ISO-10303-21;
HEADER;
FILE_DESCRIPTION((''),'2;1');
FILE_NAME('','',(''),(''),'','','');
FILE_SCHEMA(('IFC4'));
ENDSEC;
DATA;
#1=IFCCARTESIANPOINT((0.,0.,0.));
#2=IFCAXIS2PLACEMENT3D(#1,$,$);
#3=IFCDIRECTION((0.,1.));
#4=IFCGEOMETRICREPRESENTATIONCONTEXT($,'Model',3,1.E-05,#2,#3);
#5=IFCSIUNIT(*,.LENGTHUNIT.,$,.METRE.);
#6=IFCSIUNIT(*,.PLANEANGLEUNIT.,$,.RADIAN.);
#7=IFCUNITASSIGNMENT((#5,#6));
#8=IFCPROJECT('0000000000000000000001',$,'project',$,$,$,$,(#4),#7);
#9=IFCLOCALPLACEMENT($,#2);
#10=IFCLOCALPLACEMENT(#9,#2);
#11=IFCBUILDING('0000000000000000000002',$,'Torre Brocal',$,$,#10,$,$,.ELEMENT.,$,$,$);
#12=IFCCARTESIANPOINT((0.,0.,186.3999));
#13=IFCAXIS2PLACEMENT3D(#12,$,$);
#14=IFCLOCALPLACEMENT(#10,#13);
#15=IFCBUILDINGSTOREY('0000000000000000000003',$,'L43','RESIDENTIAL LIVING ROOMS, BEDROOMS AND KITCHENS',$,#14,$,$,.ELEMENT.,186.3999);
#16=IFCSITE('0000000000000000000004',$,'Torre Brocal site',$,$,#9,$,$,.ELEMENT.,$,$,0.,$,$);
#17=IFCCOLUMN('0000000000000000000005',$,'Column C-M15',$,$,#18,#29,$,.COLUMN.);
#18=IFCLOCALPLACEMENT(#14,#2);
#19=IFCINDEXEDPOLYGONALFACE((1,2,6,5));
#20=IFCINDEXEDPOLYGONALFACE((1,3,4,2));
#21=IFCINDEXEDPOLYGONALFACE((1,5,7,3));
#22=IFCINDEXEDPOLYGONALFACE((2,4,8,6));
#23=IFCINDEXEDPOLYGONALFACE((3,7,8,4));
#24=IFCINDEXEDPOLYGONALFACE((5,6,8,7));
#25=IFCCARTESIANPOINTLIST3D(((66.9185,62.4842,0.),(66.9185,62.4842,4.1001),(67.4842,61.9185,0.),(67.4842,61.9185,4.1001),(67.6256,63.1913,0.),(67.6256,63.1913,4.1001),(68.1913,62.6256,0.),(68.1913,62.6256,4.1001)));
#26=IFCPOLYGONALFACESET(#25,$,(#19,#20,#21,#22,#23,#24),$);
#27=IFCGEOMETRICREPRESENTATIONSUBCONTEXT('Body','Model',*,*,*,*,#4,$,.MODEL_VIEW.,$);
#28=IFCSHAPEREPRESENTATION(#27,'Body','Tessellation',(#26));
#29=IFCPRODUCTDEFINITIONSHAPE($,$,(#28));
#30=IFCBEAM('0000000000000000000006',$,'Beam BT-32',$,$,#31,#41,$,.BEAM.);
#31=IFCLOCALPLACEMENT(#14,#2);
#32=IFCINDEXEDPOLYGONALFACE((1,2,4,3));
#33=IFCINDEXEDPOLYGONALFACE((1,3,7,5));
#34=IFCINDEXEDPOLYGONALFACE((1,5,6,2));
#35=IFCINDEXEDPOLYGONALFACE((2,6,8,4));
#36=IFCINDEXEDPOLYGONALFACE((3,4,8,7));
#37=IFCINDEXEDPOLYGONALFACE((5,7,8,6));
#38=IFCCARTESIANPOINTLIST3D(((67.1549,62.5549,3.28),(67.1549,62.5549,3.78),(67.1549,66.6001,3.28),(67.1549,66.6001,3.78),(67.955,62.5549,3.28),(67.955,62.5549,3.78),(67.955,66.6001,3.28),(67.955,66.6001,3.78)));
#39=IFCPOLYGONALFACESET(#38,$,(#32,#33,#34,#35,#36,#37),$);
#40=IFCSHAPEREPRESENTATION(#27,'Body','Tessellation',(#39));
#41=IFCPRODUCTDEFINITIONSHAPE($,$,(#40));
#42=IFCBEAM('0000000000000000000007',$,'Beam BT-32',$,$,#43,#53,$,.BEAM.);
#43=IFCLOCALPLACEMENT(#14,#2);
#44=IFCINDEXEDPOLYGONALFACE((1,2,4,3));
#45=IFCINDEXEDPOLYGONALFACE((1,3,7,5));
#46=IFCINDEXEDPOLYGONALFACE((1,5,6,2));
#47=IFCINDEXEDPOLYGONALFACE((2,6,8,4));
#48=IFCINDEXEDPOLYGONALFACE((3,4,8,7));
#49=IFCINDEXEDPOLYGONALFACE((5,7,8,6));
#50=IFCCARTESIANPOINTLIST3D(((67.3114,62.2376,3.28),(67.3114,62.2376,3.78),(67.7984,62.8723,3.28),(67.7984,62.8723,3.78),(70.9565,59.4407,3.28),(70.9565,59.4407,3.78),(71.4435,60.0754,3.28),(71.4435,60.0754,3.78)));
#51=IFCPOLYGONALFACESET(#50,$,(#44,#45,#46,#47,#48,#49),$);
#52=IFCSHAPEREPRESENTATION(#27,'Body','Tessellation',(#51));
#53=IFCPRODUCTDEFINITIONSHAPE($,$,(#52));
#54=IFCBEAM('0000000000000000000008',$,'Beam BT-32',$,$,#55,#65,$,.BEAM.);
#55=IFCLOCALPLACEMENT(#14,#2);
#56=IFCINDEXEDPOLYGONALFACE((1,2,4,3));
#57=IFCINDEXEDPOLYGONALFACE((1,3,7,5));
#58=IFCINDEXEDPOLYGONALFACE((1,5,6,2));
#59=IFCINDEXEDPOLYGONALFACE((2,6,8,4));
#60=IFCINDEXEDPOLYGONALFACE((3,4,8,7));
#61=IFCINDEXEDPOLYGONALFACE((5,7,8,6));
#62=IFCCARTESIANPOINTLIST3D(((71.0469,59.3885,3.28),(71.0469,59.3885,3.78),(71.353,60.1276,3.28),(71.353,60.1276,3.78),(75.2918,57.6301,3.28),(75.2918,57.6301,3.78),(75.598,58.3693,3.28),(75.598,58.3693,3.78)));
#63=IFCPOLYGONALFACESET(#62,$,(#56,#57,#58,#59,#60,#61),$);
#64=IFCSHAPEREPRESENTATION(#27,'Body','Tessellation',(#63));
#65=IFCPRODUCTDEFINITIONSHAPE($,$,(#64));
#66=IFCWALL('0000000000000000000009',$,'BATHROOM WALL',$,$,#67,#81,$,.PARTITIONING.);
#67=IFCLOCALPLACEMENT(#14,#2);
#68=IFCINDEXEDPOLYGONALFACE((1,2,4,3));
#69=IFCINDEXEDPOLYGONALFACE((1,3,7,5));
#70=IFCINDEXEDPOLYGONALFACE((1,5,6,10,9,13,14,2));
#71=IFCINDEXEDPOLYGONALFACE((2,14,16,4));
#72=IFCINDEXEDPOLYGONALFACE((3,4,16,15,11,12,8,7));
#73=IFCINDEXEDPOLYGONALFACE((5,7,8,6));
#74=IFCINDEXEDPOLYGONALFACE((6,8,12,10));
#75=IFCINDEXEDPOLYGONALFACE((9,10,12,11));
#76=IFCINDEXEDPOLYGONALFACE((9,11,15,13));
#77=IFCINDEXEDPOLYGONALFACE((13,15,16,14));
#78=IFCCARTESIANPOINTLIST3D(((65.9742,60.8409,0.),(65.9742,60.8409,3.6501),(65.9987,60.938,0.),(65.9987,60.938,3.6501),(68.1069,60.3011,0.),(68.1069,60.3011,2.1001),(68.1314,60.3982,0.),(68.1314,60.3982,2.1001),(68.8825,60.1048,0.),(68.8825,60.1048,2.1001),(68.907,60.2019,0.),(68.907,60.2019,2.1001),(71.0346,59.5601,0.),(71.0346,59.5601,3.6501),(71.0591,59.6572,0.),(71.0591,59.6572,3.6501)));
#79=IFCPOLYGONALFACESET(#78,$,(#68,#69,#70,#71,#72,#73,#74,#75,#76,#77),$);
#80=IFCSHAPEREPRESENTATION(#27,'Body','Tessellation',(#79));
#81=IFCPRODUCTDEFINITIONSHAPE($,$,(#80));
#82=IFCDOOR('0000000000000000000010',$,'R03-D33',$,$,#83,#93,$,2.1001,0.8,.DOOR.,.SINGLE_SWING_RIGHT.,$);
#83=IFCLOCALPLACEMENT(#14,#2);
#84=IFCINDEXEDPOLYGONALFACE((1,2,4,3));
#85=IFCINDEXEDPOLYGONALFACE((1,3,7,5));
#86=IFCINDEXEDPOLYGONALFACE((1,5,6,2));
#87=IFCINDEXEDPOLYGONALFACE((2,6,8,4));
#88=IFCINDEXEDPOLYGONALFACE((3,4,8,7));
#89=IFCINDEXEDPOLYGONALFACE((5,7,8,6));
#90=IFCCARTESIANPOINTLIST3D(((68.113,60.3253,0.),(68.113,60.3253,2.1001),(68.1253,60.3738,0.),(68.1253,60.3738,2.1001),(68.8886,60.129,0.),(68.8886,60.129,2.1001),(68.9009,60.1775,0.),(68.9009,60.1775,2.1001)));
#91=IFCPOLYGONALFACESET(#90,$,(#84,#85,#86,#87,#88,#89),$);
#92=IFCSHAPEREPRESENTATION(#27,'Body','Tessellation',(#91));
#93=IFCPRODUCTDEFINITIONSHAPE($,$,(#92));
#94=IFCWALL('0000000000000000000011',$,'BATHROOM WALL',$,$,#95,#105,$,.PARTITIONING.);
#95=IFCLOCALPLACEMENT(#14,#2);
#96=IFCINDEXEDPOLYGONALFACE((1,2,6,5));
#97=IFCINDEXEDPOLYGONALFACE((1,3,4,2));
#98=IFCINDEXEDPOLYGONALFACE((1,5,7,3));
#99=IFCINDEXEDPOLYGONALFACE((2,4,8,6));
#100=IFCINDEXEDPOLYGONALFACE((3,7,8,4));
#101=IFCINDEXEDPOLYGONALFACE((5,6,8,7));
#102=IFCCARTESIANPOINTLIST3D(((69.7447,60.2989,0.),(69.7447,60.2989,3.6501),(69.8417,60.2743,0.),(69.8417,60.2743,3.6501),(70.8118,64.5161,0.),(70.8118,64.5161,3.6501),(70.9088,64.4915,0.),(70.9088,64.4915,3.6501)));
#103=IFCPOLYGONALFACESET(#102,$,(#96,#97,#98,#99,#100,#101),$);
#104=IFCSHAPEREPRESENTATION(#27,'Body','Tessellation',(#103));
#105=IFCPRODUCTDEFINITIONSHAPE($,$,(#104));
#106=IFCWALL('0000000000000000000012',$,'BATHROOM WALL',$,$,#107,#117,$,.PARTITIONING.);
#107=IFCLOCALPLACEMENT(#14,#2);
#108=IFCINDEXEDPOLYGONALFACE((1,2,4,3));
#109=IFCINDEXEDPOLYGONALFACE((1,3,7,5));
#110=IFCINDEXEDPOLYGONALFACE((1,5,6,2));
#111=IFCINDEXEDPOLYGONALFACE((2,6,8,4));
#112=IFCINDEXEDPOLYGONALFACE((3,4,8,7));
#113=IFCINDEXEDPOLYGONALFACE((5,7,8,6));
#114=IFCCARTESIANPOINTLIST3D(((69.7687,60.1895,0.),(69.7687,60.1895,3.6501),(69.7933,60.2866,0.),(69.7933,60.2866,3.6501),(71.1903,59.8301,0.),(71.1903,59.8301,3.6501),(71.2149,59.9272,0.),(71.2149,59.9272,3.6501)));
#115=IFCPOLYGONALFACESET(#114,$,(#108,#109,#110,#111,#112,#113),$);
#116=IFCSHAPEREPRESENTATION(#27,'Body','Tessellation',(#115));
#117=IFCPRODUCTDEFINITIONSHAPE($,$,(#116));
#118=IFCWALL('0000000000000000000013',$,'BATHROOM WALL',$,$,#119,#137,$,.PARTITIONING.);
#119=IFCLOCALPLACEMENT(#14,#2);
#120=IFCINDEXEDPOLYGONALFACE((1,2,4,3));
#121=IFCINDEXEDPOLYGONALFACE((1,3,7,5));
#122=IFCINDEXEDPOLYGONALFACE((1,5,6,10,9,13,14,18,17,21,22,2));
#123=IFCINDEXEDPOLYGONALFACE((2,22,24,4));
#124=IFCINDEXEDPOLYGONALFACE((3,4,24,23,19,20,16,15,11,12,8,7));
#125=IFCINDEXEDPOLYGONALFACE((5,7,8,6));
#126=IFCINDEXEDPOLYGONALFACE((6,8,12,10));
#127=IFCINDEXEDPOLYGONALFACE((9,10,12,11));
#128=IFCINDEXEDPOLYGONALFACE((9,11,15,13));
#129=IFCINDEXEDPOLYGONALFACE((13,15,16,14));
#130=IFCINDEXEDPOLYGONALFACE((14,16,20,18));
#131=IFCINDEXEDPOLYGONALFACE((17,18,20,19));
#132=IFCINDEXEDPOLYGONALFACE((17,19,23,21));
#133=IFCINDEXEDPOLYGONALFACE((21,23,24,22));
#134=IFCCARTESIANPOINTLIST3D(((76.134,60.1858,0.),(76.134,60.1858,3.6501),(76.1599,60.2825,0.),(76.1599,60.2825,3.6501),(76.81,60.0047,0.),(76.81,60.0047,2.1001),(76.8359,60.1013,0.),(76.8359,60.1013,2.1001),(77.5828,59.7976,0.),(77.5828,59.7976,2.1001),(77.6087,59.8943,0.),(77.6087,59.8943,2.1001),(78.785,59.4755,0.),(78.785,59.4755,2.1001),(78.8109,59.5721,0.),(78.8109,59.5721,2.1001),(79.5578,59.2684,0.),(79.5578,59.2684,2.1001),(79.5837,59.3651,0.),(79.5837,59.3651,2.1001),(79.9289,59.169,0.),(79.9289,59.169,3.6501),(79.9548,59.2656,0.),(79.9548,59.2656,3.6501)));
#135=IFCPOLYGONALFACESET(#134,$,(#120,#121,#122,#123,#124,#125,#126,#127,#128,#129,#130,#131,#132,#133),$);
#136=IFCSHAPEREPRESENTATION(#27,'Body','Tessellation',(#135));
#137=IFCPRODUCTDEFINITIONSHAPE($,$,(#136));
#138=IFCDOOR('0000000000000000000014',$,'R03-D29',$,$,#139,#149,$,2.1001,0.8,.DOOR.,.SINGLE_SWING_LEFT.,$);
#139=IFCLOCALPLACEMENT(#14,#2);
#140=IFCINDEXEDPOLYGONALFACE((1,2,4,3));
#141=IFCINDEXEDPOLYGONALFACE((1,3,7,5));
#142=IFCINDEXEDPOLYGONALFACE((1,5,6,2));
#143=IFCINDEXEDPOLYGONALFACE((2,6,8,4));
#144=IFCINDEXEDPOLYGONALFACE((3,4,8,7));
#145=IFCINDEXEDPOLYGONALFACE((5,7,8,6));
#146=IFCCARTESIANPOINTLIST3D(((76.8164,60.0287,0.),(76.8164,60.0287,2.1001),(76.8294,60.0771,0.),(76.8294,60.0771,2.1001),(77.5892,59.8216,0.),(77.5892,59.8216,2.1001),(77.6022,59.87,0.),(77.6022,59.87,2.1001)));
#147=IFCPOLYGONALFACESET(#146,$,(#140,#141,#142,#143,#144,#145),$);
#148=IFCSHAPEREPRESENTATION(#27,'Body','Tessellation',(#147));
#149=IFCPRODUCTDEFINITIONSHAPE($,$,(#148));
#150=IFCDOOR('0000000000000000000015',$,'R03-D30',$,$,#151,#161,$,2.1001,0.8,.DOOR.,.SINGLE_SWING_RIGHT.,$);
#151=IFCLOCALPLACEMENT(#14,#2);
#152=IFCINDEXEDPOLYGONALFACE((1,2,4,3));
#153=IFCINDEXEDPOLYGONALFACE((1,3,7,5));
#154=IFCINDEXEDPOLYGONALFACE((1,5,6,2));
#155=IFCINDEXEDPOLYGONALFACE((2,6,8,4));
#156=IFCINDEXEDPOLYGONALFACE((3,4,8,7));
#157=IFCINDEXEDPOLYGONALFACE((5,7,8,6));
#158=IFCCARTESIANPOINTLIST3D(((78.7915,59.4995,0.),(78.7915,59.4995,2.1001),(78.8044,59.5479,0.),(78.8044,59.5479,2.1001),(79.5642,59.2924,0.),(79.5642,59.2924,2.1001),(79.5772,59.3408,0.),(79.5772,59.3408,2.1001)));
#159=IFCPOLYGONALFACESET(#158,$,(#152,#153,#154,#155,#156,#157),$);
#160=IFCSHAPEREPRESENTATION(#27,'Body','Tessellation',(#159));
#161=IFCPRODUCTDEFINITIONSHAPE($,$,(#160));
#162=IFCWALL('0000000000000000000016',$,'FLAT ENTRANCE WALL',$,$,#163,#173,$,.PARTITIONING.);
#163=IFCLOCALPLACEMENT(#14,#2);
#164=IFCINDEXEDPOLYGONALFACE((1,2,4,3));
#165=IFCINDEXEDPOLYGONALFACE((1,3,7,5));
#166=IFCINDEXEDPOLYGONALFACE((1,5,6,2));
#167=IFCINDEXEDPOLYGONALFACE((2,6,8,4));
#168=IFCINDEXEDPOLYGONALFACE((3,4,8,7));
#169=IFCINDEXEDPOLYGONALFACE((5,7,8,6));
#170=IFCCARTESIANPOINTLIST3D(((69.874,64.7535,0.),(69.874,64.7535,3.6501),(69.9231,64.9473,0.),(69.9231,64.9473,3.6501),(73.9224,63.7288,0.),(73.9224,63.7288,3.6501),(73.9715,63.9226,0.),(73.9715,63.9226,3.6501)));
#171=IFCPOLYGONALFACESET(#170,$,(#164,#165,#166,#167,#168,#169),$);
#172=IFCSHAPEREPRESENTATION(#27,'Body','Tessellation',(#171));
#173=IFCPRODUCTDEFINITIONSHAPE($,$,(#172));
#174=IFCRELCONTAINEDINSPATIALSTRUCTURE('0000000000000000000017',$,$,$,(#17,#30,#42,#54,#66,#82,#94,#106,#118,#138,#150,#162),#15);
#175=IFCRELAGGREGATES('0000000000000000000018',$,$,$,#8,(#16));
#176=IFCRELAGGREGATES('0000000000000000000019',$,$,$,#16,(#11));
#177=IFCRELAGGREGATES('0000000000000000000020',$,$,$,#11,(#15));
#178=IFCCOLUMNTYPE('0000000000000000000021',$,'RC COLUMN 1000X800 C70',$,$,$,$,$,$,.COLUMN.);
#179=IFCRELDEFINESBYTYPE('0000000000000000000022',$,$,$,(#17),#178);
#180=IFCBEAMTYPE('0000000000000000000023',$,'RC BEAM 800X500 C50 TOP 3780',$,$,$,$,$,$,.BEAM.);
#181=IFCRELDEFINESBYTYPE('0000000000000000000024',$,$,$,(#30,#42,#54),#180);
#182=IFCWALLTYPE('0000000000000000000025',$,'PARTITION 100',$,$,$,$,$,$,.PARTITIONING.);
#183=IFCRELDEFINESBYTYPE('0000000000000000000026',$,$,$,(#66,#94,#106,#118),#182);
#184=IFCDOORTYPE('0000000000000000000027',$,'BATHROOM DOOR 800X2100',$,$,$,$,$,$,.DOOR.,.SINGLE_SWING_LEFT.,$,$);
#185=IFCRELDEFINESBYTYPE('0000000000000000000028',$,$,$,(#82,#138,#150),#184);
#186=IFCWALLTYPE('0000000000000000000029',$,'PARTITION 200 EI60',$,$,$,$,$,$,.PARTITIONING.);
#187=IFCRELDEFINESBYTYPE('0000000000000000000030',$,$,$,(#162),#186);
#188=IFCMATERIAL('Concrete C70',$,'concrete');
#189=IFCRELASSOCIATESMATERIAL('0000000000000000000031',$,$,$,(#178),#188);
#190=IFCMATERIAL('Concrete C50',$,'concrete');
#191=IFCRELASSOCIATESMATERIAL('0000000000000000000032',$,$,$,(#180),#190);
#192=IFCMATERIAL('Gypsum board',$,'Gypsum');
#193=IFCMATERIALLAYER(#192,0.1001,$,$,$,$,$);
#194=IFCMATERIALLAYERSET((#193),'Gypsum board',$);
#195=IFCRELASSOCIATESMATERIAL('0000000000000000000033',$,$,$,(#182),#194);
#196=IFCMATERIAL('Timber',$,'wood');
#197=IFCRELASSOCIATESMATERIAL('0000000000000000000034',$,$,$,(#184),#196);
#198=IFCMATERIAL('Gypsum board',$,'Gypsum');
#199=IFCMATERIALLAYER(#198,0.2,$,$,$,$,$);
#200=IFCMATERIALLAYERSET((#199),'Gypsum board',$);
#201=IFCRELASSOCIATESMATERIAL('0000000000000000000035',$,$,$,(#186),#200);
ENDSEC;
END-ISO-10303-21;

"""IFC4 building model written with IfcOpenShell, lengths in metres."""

from ifc_helpers import new_model, si_unit, direction, frame, frame_2d, origin, origin_2d, place, context, subcontext, project, spatial, rectangle, extrude, material, layer, layer_set, material_profile, profile_set, type_object, element, fill, save


model = new_model("IFC4")

# Units and contexts
model_context = context("Model", 3, precision=1e-05, world=origin(), true_north=direction((0.0, 1.0)))
body_context = subcontext(model_context, "Body", "Model", "MODEL_VIEW")
ifc_project = project(units=[si_unit("LENGTHUNIT", "METRE"), si_unit("PLANEANGLEUNIT", "RADIAN")], contexts=[model_context])

# Site, building, storey
site_placement = place(None, origin())
site = spatial("IfcSite", under=ifc_project, at=site_placement, Name="Torre Brocal site", CompositionType="ELEMENT", RefElevation=0.0)
building_placement = place(site_placement, origin())
building = spatial("IfcBuilding", under=site, at=building_placement, Name="Torre Brocal", CompositionType="ELEMENT")
storey_placement = place(building_placement, frame((0.0, 0.0, 186.3999)))
storey = spatial("IfcBuildingStorey", under=building, at=storey_placement, Name="L43", Description="RESIDENTIAL LIVING ROOMS, BEDROOMS AND KITCHENS", CompositionType="ELEMENT", Elevation=186.3999)

# Column
ifc_material_1 = material(Name="Concrete C70", Category="concrete")
ifc_material_profile_1 = material_profile(ifc_material_1, rectangle(XDim=1.0, YDim=0.8, at=origin_2d()), Name="RC 1000X800")
ifc_profile_set_1 = profile_set([ifc_material_profile_1], Name="Concrete C70")
column_type = type_object("IfcColumnType", Name="RC COLUMN 1000X800 C70", PredefinedType="COLUMN", material=ifc_profile_set_1)
column_placement = place(storey_placement, frame((67.5549, 62.5549, 0.0), z_axis=(0.0, 0.0, 1.0), x_axis=(-0.707107, -0.707107, 0.0)))
element("IfcColumn", 1, at=column_placement, inside=storey, type_object=column_type, Name="Column C-M15", PredefinedType="COLUMN", context=body_context, shape_type="SweptSolid", body=[
    extrude(rectangle(XDim=1.0, YDim=0.8, at=origin_2d()), origin(), (0.0, 0.0, 1.0), 4.1001),
])

# Beams
ifc_material_2 = material(Name="Concrete C50", Category="concrete")
ifc_material_profile_2 = material_profile(ifc_material_2, rectangle(XDim=0.8, YDim=0.5, at=origin_2d()), Name="RC 800X500")
ifc_profile_set_2 = profile_set([ifc_material_profile_2], Name="Concrete C50")
beam_type = type_object("IfcBeamType", Name="RC BEAM 800X500 C50 TOP 3780", PredefinedType="BEAM", material=ifc_profile_set_2)
beam_1_placement = place(storey_placement, frame((67.5549, 62.5549, 3.53), z_axis=(0.0, 1.0, 0.0), x_axis=(-1.0, 0.0, 0.0)))
element("IfcBeam", 2, at=beam_1_placement, inside=storey, type_object=beam_type, Name="Beam BT-32", PredefinedType="BEAM", context=body_context, shape_type="SweptSolid", body=[
    extrude(rectangle(XDim=0.8, YDim=0.5, at=origin_2d()), origin(), (0.0, 0.0, 1.0), 4.0452),
])
beam_2_placement = place(storey_placement, frame((67.5549, 62.5549, 3.53), z_axis=(0.793358, -0.608755, 0.0), x_axis=(0.608755, 0.793358, 0.0)))
element("IfcBeam", 3, at=beam_2_placement, inside=storey, type_object=beam_type, Name="Beam BT-32", PredefinedType="BEAM", context=body_context, shape_type="SweptSolid", body=[
    extrude(rectangle(XDim=0.8, YDim=0.5, at=origin_2d()), origin(), (0.0, 0.0, 1.0), 4.5945),
])
beam_3_placement = place(storey_placement, frame((71.2, 59.7581, 3.53), z_axis=(0.923878, -0.382687, 0.0), x_axis=(0.382687, 0.923878, 0.0)))
element("IfcBeam", 4, at=beam_3_placement, inside=storey, type_object=beam_type, Name="Beam BT-32", PredefinedType="BEAM", context=body_context, shape_type="SweptSolid", body=[
    extrude(rectangle(XDim=0.8, YDim=0.5, at=origin_2d()), origin(), (0.0, 0.0, 1.0), 4.5947),
])

# Wall, opening, door
ifc_material_3 = material(Name="Gypsum board", Category="Gypsum")
ifc_layer_1 = layer(ifc_material_3, 0.1001)
ifc_layer_set_1 = layer_set([ifc_layer_1], Name="Gypsum board")
wall_type_1 = type_object("IfcWallType", Name="PARTITION 100", PredefinedType="PARTITIONING", material=ifc_layer_set_1)
wall_1_placement = place(storey_placement, frame((65.9866, 60.8894, 0.0), z_axis=(0.0, 0.0, 1.0), x_axis=(0.969431, -0.245363, 0.0)))
wall_1 = element("IfcWall", 5, at=wall_1_placement, inside=storey, type_object=wall_type_1, Name="BATHROOM WALL", PredefinedType="PARTITIONING", context=body_context, shape_type="SweptSolid", body=[
    extrude(rectangle(XDim=5.22, YDim=0.1001, at=frame_2d((2.6099, 0.0))), origin(), (0.0, 0.0, 1.0), 3.6501),
])
opening_1_placement = place(wall_1_placement, frame((2.2, 0.0, 0.0)))
opening_1 = element("IfcOpeningElement", 6, at=opening_1_placement, cuts=wall_1, PredefinedType="OPENING", context=body_context, shape_type="SweptSolid", body=[
    extrude(rectangle(XDim=0.8, YDim=2.1001, at=frame_2d((0.3999, 1.05))), frame((0.0, 0.0601, 0.0), z_axis=(0.0, -1.0, 0.0), x_axis=(1.0, 0.0, 0.0)), (0.0, 0.0, 1.0), 0.1201),
])
ifc_material_4 = material(Name="Timber", Category="wood")
door_type_1 = type_object("IfcDoorType", Name="BATHROOM DOOR 800X2100", OperationType="SINGLE_SWING_LEFT", PredefinedType="DOOR", material=ifc_material_4)
door_1_placement = place(opening_1_placement, origin())
door_1 = element("IfcDoor", 7, at=door_1_placement, inside=storey, type_object=door_type_1, Name="R03-D33", OperationType="SINGLE_SWING_RIGHT", OverallHeight=2.1001, OverallWidth=0.8, PredefinedType="DOOR", context=body_context, shape_type="SweptSolid", body=[
    extrude(rectangle(XDim=0.8, YDim=2.1001, at=frame_2d((0.3999, 1.05))), frame((0.0, 0.0249, 0.0), z_axis=(0.0, -1.0, 0.0), x_axis=(1.0, 0.0, 0.0)), (0.0, 0.0, 1.0), 0.05),
])
fill(opening_1, door_1)

# Walls
wall_2_placement = place(storey_placement, frame((69.7932, 60.2866, 0.0), z_axis=(0.0, 0.0, 1.0), x_axis=(0.245308, 0.969445, 0.0)))
element("IfcWall", 8, at=wall_2_placement, inside=storey, type_object=wall_type_1, Name="BATHROOM WALL", PredefinedType="PARTITIONING", context=body_context, shape_type="SweptSolid", body=[
    extrude(rectangle(XDim=4.3501, YDim=0.1001, at=frame_2d((2.175, 0.0))), origin(), (0.0, 0.0, 1.0), 3.6501),
])
wall_3_placement = place(storey_placement, frame((69.781, 60.238, 0.0), z_axis=(0.0, 0.0, 1.0), x_axis=(0.969503, -0.245081, 0.0)))
element("IfcWall", 9, at=wall_3_placement, inside=storey, type_object=wall_type_1, Name="BATHROOM WALL", PredefinedType="PARTITIONING", context=body_context, shape_type="SweptSolid", body=[
    extrude(rectangle(XDim=1.4663, YDim=0.1001, at=frame_2d((0.7332, 0.0))), origin(), (0.0, 0.0, 1.0), 3.6501),
])

# Wall, openings, doors
wall_4_placement = place(storey_placement, frame((76.147, 60.2341, 0.0), z_axis=(0.0, 0.0, 1.0), x_axis=(0.965926, -0.258819, 0.0)))
wall_4 = element("IfcWall", 10, at=wall_4_placement, inside=storey, type_object=wall_type_1, Name="BATHROOM WALL", PredefinedType="PARTITIONING", context=body_context, shape_type="SweptSolid", body=[
    extrude(rectangle(XDim=3.9287, YDim=0.1001, at=frame_2d((1.9644, 0.0))), origin(), (0.0, 0.0, 1.0), 3.6501),
])
opening_2_placement = place(wall_4_placement, frame((0.7, 0.0, 0.0)))
opening_2 = element("IfcOpeningElement", 11, at=opening_2_placement, cuts=wall_4, PredefinedType="OPENING", context=body_context, shape_type="SweptSolid", body=[
    extrude(rectangle(XDim=0.8, YDim=2.1001, at=frame_2d((0.3999, 1.05))), frame((0.0, 0.0601, 0.0), z_axis=(0.0, -1.0, 0.0), x_axis=(1.0, 0.0, 0.0)), (0.0, 0.0, 1.0), 0.1201),
])
opening_3_placement = place(wall_4_placement, frame((2.7446, 0.0, 0.0)))
opening_3 = element("IfcOpeningElement", 12, at=opening_3_placement, cuts=wall_4, PredefinedType="OPENING", context=body_context, shape_type="SweptSolid", body=[
    extrude(rectangle(XDim=0.8, YDim=2.1001, at=frame_2d((0.3999, 1.05))), frame((0.0, 0.0601, 0.0), z_axis=(0.0, -1.0, 0.0), x_axis=(1.0, 0.0, 0.0)), (0.0, 0.0, 1.0), 0.1201),
])
door_2_placement = place(opening_2_placement, origin())
door_2 = element("IfcDoor", 13, at=door_2_placement, inside=storey, type_object=door_type_1, Name="R03-D29", OperationType="SINGLE_SWING_LEFT", OverallHeight=2.1001, OverallWidth=0.8, PredefinedType="DOOR", context=body_context, shape_type="SweptSolid", body=[
    extrude(rectangle(XDim=0.8, YDim=2.1001, at=frame_2d((0.3999, 1.05))), frame((0.0, 0.0249, 0.0), z_axis=(0.0, -1.0, 0.0), x_axis=(1.0, 0.0, 0.0)), (0.0, 0.0, 1.0), 0.05),
])
fill(opening_2, door_2)
door_3_placement = place(opening_3_placement, origin())
door_3 = element("IfcDoor", 14, at=door_3_placement, inside=storey, type_object=door_type_1, Name="R03-D30", OperationType="SINGLE_SWING_RIGHT", OverallHeight=2.1001, OverallWidth=0.8, PredefinedType="DOOR", context=body_context, shape_type="SweptSolid", body=[
    extrude(rectangle(XDim=0.8, YDim=2.1001, at=frame_2d((0.3999, 1.05))), frame((0.0, 0.0249, 0.0), z_axis=(0.0, -1.0, 0.0), x_axis=(1.0, 0.0, 0.0)), (0.0, 0.0, 1.0), 0.05),
])
fill(opening_3, door_3)

# Wall
ifc_material_5 = material(Name="Gypsum board", Category="Gypsum")
ifc_layer_2 = layer(ifc_material_5, 0.2)
ifc_layer_set_2 = layer_set([ifc_layer_2], Name="Gypsum board")
wall_type_2 = type_object("IfcWallType", Name="PARTITION 200 EI60", PredefinedType="PARTITIONING", material=ifc_layer_set_2)
wall_5_placement = place(storey_placement, frame((69.8987, 64.8503, 0.0), z_axis=(0.0, 0.0, 1.0), x_axis=(0.96943, -0.245368, 0.0)))
element("IfcWall", 15, at=wall_5_placement, inside=storey, type_object=wall_type_2, Name="FLAT ENTRANCE WALL", PredefinedType="PARTITIONING", context=body_context, shape_type="SweptSolid", body=[
    extrude(rectangle(XDim=4.176, YDim=0.2, at=frame_2d((2.0879, 0.0))), origin(), (0.0, 0.0, 1.0), 3.6501),
])

save(model, "model.ifc")
